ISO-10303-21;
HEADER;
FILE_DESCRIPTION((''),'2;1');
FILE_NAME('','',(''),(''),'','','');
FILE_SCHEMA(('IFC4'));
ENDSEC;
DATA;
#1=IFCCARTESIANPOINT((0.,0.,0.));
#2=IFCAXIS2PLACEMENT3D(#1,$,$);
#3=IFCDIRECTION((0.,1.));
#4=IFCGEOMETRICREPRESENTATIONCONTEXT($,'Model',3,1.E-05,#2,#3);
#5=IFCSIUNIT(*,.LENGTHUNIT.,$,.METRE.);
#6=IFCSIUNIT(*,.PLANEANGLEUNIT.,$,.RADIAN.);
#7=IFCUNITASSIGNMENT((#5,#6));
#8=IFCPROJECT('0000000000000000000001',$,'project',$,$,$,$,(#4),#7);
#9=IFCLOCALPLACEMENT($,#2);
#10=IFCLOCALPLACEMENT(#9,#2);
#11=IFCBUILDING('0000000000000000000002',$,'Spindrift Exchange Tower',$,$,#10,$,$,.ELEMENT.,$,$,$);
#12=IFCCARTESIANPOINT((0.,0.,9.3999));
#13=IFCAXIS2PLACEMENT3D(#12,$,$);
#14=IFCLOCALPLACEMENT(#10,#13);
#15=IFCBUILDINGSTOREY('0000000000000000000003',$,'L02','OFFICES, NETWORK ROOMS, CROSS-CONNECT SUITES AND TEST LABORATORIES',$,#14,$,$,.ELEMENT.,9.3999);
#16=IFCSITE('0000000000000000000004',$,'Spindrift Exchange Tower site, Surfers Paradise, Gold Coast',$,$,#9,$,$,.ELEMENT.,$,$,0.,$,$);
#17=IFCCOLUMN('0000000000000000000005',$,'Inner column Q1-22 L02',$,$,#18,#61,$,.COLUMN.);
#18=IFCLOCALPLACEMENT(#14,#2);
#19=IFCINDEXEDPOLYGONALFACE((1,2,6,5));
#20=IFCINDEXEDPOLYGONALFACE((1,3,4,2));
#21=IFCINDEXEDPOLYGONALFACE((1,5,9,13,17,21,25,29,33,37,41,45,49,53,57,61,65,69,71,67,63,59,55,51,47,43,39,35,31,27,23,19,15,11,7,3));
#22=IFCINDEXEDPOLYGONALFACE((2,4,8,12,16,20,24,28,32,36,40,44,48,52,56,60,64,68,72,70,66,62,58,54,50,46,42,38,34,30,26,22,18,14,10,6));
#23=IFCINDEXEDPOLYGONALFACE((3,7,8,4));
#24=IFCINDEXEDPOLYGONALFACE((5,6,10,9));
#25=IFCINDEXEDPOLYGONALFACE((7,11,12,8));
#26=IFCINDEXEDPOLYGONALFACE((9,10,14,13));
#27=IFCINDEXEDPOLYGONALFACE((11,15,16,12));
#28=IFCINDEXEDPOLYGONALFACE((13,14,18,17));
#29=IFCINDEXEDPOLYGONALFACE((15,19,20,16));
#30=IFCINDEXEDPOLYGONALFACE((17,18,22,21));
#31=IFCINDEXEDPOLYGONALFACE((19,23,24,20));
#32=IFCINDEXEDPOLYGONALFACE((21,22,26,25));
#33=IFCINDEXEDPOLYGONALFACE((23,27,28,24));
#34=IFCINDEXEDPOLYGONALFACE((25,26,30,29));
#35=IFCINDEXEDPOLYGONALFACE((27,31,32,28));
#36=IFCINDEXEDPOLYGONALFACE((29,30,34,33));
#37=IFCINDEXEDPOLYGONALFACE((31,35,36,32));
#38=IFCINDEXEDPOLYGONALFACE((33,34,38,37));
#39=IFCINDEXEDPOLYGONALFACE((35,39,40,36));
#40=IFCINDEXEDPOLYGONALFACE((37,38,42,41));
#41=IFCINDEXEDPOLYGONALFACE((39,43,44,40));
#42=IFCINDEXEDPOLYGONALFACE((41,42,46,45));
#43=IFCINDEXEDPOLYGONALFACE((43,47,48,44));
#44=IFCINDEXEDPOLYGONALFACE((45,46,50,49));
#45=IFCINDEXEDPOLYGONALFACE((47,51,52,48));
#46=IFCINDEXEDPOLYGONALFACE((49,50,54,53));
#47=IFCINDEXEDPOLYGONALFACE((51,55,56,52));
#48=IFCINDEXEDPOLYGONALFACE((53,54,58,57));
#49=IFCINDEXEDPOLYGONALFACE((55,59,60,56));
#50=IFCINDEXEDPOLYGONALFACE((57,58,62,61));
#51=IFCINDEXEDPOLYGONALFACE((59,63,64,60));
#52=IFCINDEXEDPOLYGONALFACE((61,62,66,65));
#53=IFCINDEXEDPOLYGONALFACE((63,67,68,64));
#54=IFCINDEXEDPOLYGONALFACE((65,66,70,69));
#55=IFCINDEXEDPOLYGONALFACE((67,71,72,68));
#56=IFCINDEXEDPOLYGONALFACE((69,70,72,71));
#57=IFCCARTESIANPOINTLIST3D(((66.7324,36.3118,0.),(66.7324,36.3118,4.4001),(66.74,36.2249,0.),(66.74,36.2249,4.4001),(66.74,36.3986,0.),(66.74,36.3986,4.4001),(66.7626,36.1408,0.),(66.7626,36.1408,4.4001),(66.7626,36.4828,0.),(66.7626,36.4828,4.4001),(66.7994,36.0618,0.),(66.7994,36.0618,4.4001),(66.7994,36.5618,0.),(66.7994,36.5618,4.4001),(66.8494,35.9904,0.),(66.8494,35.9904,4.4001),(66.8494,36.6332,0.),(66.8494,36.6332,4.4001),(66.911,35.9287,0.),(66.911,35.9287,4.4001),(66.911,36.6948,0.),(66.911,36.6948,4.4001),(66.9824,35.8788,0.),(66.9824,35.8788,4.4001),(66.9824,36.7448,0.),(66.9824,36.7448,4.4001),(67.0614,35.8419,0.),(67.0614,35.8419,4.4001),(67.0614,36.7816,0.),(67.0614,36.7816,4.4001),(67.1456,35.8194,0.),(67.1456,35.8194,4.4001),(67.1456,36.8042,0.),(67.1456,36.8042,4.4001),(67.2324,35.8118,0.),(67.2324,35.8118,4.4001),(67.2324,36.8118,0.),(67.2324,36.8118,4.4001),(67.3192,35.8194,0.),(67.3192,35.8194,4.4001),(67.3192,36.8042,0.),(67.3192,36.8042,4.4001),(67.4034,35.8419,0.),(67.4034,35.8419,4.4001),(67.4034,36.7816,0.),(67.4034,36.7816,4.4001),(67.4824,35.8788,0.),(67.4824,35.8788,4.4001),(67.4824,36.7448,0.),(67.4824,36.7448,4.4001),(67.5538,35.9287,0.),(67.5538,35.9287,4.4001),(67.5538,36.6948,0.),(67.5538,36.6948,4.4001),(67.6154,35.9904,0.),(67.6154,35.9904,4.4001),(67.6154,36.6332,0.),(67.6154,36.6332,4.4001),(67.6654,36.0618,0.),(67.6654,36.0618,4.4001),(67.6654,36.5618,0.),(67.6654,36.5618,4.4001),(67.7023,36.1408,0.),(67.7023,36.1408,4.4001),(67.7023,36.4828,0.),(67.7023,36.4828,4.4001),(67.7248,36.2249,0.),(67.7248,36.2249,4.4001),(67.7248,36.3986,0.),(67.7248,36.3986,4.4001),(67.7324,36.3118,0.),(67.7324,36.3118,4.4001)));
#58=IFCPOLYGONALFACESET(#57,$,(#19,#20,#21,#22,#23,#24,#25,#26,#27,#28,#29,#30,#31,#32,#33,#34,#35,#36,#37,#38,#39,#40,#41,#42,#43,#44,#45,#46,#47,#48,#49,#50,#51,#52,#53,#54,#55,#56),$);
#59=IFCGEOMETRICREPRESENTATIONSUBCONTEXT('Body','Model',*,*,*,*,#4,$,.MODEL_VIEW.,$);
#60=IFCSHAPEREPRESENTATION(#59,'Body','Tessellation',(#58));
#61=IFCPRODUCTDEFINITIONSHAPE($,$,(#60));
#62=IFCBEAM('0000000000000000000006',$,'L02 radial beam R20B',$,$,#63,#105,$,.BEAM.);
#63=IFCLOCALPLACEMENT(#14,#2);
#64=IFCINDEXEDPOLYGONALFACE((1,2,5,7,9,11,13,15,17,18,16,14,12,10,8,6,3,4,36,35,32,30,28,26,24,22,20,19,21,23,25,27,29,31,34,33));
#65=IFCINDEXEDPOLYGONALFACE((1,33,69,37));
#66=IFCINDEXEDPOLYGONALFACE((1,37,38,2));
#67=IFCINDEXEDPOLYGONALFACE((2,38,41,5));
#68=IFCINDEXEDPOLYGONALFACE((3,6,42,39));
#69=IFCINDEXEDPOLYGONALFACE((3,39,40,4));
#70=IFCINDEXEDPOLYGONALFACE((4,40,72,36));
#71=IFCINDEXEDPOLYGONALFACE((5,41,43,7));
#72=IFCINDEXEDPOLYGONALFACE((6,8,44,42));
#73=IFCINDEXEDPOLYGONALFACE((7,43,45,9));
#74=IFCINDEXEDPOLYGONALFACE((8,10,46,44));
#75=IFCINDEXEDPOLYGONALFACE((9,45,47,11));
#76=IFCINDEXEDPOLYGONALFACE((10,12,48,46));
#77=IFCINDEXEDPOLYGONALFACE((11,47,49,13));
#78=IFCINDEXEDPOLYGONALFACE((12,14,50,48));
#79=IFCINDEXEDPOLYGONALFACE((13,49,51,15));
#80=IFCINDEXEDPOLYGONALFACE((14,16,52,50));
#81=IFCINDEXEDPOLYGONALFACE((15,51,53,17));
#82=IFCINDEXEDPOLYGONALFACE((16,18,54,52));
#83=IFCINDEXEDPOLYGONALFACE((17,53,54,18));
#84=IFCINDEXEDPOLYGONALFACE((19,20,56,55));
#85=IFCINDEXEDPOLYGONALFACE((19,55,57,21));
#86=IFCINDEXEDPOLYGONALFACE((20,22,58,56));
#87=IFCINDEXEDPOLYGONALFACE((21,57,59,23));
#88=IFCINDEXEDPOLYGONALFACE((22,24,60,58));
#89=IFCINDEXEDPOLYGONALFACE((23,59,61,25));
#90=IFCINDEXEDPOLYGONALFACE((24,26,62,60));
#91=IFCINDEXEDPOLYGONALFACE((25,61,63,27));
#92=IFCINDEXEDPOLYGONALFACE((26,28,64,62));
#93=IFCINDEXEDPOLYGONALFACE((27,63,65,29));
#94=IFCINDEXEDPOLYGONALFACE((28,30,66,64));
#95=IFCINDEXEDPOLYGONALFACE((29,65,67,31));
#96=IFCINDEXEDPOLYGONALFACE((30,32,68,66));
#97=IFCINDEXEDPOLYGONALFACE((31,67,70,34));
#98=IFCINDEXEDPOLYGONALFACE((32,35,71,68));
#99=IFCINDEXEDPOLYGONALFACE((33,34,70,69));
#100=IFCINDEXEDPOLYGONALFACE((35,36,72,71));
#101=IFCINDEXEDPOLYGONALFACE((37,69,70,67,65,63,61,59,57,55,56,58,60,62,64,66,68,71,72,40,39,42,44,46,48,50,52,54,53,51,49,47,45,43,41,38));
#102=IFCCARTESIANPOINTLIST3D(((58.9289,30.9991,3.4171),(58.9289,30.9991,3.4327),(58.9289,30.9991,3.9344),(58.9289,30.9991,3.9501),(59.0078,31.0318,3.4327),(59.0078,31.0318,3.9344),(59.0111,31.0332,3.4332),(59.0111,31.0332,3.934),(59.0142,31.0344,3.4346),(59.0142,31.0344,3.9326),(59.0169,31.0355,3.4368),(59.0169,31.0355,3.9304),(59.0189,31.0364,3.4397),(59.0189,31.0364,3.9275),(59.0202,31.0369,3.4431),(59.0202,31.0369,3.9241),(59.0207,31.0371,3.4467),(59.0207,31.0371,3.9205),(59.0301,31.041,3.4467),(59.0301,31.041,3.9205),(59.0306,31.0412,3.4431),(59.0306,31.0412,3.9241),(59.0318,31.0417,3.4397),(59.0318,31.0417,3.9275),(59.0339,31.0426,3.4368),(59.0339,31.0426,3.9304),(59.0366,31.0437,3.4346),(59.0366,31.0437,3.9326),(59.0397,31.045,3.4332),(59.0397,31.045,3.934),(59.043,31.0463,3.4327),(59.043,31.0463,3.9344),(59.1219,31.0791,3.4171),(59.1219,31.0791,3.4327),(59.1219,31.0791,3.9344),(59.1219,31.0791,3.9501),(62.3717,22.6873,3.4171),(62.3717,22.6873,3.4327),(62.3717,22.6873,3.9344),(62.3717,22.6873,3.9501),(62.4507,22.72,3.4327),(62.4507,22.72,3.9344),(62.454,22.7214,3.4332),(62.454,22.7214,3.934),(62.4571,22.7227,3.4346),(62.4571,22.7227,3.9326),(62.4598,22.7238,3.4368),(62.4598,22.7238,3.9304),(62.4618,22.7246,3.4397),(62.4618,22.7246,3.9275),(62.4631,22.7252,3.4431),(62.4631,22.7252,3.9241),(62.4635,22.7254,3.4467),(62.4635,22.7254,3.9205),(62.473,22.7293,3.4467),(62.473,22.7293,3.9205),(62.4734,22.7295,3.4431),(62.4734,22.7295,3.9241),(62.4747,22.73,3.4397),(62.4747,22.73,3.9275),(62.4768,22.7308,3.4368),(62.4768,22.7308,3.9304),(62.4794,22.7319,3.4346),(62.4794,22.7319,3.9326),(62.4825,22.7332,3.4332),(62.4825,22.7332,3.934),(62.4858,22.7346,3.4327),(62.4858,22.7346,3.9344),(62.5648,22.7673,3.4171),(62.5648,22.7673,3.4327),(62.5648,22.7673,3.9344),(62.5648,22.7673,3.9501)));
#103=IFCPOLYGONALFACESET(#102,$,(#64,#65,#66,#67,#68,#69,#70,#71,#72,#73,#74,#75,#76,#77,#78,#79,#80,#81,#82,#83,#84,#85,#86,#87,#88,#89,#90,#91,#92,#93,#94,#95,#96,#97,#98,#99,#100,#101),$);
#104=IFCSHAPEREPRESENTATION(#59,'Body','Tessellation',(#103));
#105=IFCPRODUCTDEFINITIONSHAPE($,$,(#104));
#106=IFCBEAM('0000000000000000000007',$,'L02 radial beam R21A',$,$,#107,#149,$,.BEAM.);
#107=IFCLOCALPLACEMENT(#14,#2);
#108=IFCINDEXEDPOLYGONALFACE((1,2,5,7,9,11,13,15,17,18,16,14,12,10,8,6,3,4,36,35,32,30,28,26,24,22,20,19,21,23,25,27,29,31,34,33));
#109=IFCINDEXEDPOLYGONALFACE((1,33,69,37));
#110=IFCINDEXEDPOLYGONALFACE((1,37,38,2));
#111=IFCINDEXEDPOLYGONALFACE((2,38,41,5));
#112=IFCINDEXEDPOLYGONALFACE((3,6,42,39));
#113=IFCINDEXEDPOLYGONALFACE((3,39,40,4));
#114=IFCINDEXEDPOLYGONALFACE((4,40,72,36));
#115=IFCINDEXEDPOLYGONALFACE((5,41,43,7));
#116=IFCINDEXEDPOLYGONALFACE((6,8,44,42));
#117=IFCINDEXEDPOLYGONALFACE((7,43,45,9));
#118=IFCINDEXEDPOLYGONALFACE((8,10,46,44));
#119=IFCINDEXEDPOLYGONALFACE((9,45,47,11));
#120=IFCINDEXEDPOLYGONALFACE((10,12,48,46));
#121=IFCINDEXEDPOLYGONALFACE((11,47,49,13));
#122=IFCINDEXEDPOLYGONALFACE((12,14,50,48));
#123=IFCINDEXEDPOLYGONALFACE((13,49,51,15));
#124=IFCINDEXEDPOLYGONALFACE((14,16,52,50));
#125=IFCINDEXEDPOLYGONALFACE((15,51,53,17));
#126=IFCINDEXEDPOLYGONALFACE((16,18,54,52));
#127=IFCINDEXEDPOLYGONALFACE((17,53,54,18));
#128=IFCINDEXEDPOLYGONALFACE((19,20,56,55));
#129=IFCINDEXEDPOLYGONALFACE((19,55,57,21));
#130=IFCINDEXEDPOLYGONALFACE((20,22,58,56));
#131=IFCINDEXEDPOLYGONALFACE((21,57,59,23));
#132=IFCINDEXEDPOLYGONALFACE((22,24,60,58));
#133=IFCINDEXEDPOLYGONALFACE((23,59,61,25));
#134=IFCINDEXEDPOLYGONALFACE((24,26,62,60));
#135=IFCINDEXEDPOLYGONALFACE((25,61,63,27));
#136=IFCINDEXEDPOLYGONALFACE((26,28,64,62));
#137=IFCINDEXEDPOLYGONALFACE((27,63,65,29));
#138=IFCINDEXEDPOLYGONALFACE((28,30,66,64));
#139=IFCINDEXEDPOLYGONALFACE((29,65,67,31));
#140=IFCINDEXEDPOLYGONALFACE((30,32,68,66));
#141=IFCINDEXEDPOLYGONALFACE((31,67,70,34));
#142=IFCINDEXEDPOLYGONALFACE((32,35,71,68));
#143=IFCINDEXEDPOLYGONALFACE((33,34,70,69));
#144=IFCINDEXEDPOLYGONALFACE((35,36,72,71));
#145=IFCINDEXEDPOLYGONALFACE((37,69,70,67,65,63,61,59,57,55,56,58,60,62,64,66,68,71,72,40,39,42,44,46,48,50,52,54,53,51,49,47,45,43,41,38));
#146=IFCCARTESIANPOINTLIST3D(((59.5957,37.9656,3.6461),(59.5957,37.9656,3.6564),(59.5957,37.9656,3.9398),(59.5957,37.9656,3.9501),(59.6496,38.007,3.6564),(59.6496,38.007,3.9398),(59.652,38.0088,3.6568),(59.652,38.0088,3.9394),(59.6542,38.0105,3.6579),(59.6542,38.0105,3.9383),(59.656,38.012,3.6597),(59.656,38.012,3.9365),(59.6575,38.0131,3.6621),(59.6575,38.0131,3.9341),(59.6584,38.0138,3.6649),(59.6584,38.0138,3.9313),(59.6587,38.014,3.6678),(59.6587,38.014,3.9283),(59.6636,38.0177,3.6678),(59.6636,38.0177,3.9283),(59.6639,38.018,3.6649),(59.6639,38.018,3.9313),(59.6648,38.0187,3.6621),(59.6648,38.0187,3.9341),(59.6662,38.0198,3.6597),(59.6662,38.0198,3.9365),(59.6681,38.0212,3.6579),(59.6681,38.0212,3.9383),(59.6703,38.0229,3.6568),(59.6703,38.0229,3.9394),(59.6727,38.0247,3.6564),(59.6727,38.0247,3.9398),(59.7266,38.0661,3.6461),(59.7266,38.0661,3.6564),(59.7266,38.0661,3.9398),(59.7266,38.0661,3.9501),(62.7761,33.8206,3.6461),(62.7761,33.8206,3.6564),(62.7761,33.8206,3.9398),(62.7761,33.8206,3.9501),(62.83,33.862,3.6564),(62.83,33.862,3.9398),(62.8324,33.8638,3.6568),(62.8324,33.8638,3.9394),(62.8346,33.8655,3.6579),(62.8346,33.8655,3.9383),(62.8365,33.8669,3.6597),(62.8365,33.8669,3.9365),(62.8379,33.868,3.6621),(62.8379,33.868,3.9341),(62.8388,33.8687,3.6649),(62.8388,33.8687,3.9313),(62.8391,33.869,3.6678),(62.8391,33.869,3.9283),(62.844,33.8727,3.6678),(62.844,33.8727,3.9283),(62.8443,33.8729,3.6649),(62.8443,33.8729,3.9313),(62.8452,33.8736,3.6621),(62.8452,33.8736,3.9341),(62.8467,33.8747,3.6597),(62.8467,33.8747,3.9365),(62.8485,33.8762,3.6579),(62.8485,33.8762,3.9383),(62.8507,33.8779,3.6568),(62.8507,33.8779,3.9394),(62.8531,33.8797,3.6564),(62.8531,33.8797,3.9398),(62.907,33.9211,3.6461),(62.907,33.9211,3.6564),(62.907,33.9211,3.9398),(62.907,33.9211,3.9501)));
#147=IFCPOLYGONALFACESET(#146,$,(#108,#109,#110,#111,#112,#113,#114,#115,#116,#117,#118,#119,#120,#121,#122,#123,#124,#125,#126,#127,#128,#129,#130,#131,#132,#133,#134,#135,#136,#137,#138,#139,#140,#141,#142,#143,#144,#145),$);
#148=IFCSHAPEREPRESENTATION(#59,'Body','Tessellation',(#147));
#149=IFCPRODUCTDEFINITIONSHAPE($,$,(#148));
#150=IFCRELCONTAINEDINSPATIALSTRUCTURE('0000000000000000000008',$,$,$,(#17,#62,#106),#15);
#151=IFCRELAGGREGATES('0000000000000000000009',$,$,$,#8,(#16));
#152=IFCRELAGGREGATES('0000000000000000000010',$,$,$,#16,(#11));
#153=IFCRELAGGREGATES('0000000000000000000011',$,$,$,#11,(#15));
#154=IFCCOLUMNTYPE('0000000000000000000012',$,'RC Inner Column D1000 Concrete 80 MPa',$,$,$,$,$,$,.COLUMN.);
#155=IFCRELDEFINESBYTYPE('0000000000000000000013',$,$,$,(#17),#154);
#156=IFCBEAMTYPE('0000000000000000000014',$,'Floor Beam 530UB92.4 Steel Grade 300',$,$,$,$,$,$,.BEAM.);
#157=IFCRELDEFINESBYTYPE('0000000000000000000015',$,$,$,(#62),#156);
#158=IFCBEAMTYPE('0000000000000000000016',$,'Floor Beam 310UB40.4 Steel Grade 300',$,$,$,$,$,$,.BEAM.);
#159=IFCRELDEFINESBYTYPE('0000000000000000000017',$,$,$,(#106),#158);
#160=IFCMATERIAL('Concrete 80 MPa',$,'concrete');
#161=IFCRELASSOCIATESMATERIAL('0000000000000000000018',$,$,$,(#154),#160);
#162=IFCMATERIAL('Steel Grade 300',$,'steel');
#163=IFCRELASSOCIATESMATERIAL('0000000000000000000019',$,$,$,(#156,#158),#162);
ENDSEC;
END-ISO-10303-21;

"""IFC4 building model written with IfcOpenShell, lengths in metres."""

from ifc_helpers import new_model, si_unit, direction, frame, origin, origin_2d, place, context, subcontext, project, spatial, circle, i_section, extrude, source, transform, mapped, material, material_profile, profile_set, type_object, element, save


model = new_model("IFC4")

# Units and contexts
model_context = context("Model", 3, precision=1e-05, world=origin(), true_north=direction((0.0, 1.0)))
body_context = subcontext(model_context, "Body", "Model", "MODEL_VIEW")
ifc_project = project(units=[si_unit("LENGTHUNIT", "METRE"), si_unit("PLANEANGLEUNIT", "RADIAN")], contexts=[model_context])

# Site, building, storey
site_placement = place(None, origin())
site = spatial("IfcSite", under=ifc_project, at=site_placement, Name="Spindrift Exchange Tower site, Surfers Paradise, Gold Coast", CompositionType="ELEMENT", RefElevation=0.0)
building_placement = place(site_placement, origin())
building = spatial("IfcBuilding", under=site, at=building_placement, Name="Spindrift Exchange Tower", CompositionType="ELEMENT")
storey_placement = place(building_placement, frame((0.0, 0.0, 9.3999)))
storey = spatial("IfcBuildingStorey", under=building, at=storey_placement, Name="L02", Description="OFFICES, NETWORK ROOMS, CROSS-CONNECT SUITES AND TEST LABORATORIES", CompositionType="ELEMENT", Elevation=9.3999)

# Column
ifc_material_1 = material(Name="Concrete 80 MPa", Category="concrete")
ifc_material_profile_1 = material_profile(ifc_material_1, circle(Radius=0.5, at=origin_2d()), Name="RC D1000")
ifc_profile_set_1 = profile_set([ifc_material_profile_1], Name="Concrete 80 MPa")
column_type_1 = type_object("IfcColumnType", Name="RC Inner Column D1000 Concrete 80 MPa", PredefinedType="COLUMN", material=ifc_profile_set_1)
shared_shape_1 = source(origin(), body_context, "Body", "SweptSolid", [
    extrude(circle(Radius=0.5, at=origin_2d()), origin(), (0.0, 0.0, 1.0), 4.4001),
])
for number, where, z_axis, x_axis, name in (
    (1, (67.2324, 36.3118, 0.0), (0.0, 0.0, 1.0), (1.0, 0.0, 0.0), "Inner column Q1-22 L02"),
):
    element("IfcColumn", number, at=place(storey_placement, frame(where, z_axis=z_axis, x_axis=x_axis)), inside=storey, type_object=column_type_1, Name=name, PredefinedType="COLUMN", context=body_context, shape_type="MappedRepresentation", body=[
        mapped(shared_shape_1, transform((0.0, 0.0, 0.0), scale=1.0)),
    ])

# Beams
ifc_material_2 = material(Name="Steel Grade 300", Category="steel")
ifc_material_profile_2 = material_profile(ifc_material_2, i_section(OverallWidth=0.209, OverallDepth=0.533, WebThickness=0.0103, FlangeThickness=0.0156, FilletRadius=0.0139, at=origin_2d()), Name="530UB92.4")
ifc_profile_set_2 = profile_set([ifc_material_profile_2], Name="Steel Grade 300")
beam_type_1 = type_object("IfcBeamType", Name="Floor Beam 530UB92.4 Steel Grade 300", PredefinedType="BEAM", material=ifc_profile_set_2)
shared_shape_2 = source(origin(), body_context, "Body", "SweptSolid", [
    extrude(i_section(OverallWidth=0.209, OverallDepth=0.533, WebThickness=0.0103, FlangeThickness=0.0156, FilletRadius=0.0139, at=origin_2d()), origin(), (0.0, 0.0, 1.0), 8.9966),
])
beam_1_placement = place(storey_placement, frame((59.0254, 31.0391, 3.6836), z_axis=(0.382686, -0.923879, 0.0), x_axis=(0.923879, 0.382686, 0.0)))
element("IfcBeam", 2, at=beam_1_placement, inside=storey, type_object=beam_type_1, Name="L02 radial beam R20B", PredefinedType="BEAM", context=body_context, shape_type="MappedRepresentation", body=[
    mapped(shared_shape_2, transform((0.0, 0.0, 0.0), scale=1.0)),
])
ifc_material_profile_3 = material_profile(ifc_material_2, i_section(OverallWidth=0.165, OverallDepth=0.304, WebThickness=0.0061, FlangeThickness=0.0103, FilletRadius=0.0115, at=origin_2d()), Name="310UB40.4")
ifc_profile_set_3 = profile_set([ifc_material_profile_3], Name="Steel Grade 300")
beam_type_2 = type_object("IfcBeamType", Name="Floor Beam 310UB40.4 Steel Grade 300", PredefinedType="BEAM", material=ifc_profile_set_3)
shared_shape_3 = source(origin(), body_context, "Body", "SweptSolid", [
    extrude(i_section(OverallWidth=0.165, OverallDepth=0.304, WebThickness=0.0061, FlangeThickness=0.0103, FilletRadius=0.0115, at=origin_2d()), origin(), (0.0, 0.0, 1.0), 5.2246),
])
beam_2_placement = place(storey_placement, frame((59.6611, 38.0159, 3.7981), z_axis=(0.608741, -0.793369, 0.0), x_axis=(0.793369, 0.608741, 0.0)))
element("IfcBeam", 3, at=beam_2_placement, inside=storey, type_object=beam_type_2, Name="L02 radial beam R21A", PredefinedType="BEAM", context=body_context, shape_type="MappedRepresentation", body=[
    mapped(shared_shape_3, transform((0.0, 0.0, 0.0), scale=1.0)),
])

save(model, "model.ifc")
